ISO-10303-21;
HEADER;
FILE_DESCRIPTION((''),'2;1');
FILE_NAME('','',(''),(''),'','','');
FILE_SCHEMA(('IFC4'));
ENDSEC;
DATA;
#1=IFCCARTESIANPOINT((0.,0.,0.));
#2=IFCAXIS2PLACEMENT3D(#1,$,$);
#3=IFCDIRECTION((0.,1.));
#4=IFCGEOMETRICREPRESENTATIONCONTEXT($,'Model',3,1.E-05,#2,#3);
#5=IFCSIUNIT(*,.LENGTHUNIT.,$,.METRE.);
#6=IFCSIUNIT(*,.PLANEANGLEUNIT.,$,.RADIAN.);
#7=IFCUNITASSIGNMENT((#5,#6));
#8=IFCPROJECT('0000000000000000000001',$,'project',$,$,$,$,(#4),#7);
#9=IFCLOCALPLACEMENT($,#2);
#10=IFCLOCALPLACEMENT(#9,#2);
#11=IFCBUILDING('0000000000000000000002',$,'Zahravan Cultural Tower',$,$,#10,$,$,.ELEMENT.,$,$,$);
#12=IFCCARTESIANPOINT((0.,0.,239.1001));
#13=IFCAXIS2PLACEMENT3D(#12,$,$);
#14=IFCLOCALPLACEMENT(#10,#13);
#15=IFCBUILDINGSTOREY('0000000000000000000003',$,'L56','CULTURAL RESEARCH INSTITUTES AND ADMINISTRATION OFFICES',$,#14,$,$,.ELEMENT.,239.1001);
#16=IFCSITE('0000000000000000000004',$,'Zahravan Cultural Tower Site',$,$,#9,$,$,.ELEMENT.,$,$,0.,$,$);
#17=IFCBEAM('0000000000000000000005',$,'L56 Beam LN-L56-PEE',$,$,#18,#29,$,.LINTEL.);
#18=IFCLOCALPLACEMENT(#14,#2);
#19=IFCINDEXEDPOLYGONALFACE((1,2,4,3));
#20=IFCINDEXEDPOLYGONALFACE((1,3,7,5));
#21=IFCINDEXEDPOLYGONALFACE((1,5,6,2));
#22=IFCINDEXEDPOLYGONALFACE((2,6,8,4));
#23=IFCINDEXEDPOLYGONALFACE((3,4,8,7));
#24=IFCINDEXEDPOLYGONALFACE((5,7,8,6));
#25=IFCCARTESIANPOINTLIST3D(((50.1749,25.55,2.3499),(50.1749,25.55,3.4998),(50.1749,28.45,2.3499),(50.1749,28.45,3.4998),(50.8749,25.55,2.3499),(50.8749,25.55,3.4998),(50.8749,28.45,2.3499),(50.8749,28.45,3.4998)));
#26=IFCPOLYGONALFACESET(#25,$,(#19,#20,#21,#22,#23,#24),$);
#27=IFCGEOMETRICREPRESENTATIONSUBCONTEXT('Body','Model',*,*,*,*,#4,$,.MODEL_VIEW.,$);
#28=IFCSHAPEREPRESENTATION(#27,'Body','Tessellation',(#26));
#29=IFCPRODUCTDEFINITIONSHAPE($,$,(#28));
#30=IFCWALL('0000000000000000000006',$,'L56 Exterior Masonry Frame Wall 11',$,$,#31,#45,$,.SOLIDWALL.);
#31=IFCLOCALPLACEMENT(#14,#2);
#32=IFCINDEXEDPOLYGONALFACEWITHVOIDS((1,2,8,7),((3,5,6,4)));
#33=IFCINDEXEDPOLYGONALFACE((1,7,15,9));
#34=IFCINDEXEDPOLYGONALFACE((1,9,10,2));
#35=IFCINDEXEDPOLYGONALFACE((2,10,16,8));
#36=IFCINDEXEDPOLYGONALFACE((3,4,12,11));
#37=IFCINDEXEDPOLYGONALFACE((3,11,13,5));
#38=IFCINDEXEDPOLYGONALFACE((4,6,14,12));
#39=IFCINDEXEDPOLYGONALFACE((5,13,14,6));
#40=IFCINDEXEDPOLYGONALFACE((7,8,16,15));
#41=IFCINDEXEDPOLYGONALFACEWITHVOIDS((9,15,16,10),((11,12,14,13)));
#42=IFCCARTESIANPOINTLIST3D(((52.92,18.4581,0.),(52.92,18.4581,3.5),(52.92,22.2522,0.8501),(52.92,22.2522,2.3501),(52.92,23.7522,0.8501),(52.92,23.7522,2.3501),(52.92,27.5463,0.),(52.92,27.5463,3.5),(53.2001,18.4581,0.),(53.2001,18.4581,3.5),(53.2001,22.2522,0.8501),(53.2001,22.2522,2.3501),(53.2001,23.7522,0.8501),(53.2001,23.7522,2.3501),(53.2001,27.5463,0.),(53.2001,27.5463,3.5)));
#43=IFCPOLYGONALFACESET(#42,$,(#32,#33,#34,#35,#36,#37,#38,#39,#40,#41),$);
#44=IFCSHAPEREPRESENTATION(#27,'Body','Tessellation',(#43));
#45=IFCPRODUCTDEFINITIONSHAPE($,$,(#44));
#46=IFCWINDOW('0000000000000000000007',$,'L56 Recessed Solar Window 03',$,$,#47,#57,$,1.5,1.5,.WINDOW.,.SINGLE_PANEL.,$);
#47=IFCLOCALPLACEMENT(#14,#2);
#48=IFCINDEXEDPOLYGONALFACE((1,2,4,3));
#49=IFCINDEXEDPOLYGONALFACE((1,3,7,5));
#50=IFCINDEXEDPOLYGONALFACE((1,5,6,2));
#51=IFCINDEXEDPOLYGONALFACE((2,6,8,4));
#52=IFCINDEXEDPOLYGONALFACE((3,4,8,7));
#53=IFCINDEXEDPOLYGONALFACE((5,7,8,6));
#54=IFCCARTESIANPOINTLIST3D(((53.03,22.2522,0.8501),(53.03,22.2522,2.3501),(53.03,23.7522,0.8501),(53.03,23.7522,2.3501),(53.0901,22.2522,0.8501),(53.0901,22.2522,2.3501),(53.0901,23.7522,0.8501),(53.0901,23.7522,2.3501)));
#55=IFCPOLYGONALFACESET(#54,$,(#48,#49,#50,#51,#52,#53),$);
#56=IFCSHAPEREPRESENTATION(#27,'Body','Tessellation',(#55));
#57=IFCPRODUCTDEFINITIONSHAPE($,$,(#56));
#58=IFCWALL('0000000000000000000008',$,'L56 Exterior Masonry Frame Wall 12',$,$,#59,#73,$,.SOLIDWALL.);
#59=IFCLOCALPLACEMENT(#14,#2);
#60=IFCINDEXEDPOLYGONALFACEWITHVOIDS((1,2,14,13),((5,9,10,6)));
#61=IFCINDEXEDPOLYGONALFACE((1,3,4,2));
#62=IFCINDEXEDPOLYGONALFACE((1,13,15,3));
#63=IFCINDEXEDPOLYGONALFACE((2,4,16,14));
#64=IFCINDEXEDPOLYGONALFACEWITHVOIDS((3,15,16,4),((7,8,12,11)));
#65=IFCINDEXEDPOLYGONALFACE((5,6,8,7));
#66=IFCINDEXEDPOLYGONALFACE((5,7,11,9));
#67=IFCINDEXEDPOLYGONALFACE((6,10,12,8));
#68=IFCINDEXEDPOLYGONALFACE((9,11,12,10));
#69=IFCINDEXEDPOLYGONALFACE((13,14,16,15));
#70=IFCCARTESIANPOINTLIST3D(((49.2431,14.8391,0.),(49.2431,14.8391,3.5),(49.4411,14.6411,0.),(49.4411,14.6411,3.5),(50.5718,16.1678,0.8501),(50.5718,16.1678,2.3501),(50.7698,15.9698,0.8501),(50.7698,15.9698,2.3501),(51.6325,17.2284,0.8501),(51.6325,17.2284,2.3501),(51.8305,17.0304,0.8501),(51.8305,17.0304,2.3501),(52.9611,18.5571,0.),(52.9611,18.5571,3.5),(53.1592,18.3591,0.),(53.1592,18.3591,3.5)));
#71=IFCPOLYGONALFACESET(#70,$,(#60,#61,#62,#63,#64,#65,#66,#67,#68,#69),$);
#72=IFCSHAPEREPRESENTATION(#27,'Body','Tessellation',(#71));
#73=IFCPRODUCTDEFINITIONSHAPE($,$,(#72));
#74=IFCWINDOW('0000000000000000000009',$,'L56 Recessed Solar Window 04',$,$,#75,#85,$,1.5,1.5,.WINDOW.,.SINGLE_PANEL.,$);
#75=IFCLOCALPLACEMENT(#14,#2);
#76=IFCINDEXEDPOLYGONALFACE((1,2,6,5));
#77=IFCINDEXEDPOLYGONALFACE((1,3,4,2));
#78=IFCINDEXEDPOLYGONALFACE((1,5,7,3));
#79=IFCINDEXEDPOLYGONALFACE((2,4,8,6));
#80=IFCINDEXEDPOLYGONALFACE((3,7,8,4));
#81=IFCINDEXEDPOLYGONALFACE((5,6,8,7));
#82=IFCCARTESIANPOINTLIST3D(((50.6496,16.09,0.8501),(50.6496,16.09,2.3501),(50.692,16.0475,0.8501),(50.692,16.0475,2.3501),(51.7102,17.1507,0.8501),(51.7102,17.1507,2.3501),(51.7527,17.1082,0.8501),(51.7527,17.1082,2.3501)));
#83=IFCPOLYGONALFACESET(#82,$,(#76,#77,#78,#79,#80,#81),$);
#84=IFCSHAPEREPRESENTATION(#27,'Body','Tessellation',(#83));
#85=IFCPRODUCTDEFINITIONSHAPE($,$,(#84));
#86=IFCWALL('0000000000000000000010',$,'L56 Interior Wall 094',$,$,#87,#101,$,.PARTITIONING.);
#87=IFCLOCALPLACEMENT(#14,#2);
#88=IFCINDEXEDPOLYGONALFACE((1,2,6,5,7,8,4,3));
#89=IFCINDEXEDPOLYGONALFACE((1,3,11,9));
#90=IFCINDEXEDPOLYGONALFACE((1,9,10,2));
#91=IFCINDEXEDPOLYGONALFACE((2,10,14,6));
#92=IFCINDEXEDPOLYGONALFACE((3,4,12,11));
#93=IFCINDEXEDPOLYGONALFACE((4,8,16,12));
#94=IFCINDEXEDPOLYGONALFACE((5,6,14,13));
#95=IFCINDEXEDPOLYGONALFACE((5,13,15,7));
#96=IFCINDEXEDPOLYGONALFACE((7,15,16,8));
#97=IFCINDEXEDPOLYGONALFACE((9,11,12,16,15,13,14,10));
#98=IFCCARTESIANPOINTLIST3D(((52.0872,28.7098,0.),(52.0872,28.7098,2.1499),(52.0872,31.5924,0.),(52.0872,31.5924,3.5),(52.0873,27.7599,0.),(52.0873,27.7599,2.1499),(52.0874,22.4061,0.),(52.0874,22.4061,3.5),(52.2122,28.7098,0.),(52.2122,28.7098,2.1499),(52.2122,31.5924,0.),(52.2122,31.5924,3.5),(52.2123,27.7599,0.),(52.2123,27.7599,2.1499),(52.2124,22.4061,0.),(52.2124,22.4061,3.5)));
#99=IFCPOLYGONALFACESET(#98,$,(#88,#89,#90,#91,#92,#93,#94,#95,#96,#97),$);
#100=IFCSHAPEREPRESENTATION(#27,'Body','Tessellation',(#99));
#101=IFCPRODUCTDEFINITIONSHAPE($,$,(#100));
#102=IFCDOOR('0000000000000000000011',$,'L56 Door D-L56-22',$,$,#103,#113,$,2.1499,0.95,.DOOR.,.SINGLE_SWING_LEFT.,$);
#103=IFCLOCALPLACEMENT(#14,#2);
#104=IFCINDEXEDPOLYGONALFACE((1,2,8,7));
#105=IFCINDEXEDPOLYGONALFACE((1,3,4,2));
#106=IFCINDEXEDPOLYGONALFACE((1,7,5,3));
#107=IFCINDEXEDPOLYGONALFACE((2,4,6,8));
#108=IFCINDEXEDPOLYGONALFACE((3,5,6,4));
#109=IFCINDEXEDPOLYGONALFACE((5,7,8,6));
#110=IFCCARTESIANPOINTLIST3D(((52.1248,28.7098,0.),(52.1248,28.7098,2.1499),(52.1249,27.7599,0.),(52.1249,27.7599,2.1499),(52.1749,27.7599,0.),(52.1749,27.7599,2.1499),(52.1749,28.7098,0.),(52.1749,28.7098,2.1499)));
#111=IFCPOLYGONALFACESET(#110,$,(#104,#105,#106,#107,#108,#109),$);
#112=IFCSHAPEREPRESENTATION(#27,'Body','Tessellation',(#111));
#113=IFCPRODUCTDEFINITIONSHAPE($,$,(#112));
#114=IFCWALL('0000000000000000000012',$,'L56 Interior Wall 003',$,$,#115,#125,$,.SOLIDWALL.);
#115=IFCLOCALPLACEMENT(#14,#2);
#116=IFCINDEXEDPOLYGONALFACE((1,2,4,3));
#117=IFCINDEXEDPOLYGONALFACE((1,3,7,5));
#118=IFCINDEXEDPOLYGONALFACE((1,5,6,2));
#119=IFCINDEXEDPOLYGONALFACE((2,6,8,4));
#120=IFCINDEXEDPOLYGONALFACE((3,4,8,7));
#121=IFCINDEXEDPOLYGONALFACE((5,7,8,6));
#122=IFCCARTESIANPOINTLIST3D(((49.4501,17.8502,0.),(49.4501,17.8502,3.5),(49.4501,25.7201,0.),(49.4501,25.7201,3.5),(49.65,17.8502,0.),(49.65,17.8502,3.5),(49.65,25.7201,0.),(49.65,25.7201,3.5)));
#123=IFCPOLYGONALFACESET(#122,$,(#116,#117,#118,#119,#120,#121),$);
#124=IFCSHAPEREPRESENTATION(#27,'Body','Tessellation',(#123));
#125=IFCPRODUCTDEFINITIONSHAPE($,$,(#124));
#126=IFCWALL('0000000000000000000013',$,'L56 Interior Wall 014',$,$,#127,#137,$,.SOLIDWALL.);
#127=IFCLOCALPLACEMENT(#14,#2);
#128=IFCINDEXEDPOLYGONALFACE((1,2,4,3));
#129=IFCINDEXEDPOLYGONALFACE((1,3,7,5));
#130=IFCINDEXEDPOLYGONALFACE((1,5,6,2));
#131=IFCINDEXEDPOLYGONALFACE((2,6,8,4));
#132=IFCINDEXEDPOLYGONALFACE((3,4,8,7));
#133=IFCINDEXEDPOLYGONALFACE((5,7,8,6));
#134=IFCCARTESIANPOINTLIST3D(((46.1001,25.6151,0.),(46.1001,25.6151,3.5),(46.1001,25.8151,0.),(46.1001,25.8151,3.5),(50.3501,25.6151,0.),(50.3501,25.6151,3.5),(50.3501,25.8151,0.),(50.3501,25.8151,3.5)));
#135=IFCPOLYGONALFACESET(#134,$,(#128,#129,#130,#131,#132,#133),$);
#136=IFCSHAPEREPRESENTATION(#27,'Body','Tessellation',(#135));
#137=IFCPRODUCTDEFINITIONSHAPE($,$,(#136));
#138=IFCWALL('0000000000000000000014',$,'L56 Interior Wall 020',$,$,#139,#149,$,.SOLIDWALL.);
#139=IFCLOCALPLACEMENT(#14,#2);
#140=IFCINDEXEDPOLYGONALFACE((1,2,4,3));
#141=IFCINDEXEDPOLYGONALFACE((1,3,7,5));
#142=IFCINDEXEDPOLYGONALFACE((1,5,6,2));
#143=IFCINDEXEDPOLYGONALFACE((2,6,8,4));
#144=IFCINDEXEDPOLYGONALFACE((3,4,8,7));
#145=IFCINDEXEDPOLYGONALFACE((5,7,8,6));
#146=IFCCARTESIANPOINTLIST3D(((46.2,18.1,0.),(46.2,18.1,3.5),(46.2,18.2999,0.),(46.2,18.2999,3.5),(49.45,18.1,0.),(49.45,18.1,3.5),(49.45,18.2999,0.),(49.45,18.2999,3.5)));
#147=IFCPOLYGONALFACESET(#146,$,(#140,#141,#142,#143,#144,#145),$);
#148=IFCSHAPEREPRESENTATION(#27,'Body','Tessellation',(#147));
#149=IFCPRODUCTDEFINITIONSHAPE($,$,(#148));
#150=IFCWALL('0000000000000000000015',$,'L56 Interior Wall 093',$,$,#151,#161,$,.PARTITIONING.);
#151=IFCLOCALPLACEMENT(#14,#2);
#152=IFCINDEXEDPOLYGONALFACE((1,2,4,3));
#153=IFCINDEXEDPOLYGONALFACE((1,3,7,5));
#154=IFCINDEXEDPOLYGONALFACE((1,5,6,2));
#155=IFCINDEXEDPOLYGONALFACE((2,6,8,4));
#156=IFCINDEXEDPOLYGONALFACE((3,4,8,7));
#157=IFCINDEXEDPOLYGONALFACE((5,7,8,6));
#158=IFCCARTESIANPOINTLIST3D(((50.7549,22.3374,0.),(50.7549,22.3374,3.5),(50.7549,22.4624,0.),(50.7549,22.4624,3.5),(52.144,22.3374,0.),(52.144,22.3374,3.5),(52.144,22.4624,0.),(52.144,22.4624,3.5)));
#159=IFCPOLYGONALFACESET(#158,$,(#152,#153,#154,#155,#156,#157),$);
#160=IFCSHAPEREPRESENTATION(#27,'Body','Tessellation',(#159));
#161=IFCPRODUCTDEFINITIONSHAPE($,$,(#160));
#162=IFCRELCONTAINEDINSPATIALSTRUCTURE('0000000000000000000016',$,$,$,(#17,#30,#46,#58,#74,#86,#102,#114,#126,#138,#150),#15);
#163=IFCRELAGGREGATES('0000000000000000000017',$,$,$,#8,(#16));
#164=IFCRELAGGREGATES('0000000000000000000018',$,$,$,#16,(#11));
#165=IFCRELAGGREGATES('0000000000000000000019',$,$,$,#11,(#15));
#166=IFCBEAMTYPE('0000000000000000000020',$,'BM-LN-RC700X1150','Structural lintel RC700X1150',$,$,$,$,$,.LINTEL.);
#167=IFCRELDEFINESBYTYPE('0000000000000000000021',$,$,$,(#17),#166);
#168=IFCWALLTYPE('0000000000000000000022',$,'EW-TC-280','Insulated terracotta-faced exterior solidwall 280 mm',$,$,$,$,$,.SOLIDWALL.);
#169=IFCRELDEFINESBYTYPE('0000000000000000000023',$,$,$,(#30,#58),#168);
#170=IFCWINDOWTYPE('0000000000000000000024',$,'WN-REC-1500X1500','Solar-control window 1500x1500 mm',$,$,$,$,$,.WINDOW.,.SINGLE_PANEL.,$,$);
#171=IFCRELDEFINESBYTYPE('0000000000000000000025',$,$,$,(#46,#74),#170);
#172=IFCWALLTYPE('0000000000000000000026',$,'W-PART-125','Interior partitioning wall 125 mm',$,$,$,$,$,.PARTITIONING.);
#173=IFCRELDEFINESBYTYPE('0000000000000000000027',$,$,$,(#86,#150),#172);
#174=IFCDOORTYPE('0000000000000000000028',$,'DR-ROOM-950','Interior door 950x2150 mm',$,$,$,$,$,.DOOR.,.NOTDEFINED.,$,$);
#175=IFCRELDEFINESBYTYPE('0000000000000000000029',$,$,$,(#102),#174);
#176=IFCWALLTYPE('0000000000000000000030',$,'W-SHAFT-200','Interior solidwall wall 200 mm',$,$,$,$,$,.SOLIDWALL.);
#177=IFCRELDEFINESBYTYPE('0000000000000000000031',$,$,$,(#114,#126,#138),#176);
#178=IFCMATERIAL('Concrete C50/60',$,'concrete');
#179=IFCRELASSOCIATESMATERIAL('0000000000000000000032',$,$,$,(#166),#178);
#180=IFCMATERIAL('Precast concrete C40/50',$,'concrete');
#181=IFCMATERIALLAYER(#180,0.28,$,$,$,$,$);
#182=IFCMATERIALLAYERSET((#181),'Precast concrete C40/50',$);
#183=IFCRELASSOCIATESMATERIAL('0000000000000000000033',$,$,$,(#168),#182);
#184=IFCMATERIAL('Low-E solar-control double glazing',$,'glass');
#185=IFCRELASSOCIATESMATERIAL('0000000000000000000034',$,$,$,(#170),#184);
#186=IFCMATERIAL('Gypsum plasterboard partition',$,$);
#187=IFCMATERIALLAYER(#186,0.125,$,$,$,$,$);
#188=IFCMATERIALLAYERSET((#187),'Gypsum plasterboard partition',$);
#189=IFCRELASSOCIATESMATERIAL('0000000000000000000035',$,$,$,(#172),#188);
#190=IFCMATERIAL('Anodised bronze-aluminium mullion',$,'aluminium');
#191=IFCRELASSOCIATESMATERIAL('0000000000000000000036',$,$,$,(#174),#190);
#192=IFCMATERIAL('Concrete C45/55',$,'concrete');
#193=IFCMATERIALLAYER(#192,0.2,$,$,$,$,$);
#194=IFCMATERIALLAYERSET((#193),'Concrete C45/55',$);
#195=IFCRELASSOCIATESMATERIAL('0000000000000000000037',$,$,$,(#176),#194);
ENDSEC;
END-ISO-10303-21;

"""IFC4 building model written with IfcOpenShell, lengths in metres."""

from ifc_helpers import new_model, si_unit, direction, frame, frame_2d, origin, origin_2d, place, context, subcontext, project, spatial, rectangle, extrude, source, transform, mapped, material, layer, layer_set, material_profile, profile_set, type_object, element, fill, save


model = new_model("IFC4")

# Units and contexts
model_context = context("Model", 3, precision=1e-05, world=origin(), true_north=direction((0.0, 1.0)))
body_context = subcontext(model_context, "Body", "Model", "MODEL_VIEW")
ifc_project = project(units=[si_unit("LENGTHUNIT", "METRE"), si_unit("PLANEANGLEUNIT", "RADIAN")], contexts=[model_context])

# Site, building, storey
site_placement = place(None, origin())
site = spatial("IfcSite", under=ifc_project, at=site_placement, Name="Zahravan Cultural Tower Site", CompositionType="ELEMENT", RefElevation=0.0)
building_placement = place(site_placement, origin())
building = spatial("IfcBuilding", under=site, at=building_placement, Name="Zahravan Cultural Tower", CompositionType="ELEMENT")
storey_placement = place(building_placement, frame((0.0, 0.0, 239.1001)))
storey = spatial("IfcBuildingStorey", under=building, at=storey_placement, Name="L56", Description="CULTURAL RESEARCH INSTITUTES AND ADMINISTRATION OFFICES", CompositionType="ELEMENT", Elevation=239.1001)

# Beam
ifc_material_1 = material(Name="Concrete C50/60", Category="concrete")
ifc_material_profile = material_profile(ifc_material_1, rectangle(XDim=0.7, YDim=1.1499, at=origin_2d()), Name="RC700X1150")
ifc_profile_set = profile_set([ifc_material_profile], Name="Concrete C50/60")
beam_type = type_object("IfcBeamType", Name="BM-LN-RC700X1150", Description="Structural lintel RC700X1150", PredefinedType="LINTEL", material=ifc_profile_set)
shared_shape_1 = source(origin(), body_context, "Body", "SweptSolid", [
    extrude(rectangle(XDim=0.7, YDim=1.1499, at=origin_2d()), origin(), (0.0, 0.0, 1.0), 2.8999),
])
beam_placement = place(storey_placement, frame((50.5249, 25.55, 2.9248), z_axis=(0.0, 1.0, 0.0), x_axis=(-1.0, 0.0, 0.0)))
element("IfcBeam", 1, at=beam_placement, inside=storey, type_object=beam_type, Name="L56 Beam LN-L56-PEE", PredefinedType="LINTEL", context=body_context, shape_type="MappedRepresentation", body=[
    mapped(shared_shape_1, transform((0.0, 0.0, 0.0), x_axis=(1.0, 0.0, 0.0), y_axis=(0.0, 1.0, 0.0), z_axis=(0.0, 0.0, 1.0), scale=1.0)),
])

# Walls, openings, windows
ifc_material_2 = material(Name="Precast concrete C40/50", Category="concrete")
ifc_layer_1 = layer(ifc_material_2, 0.28)
ifc_layer_set_1 = layer_set([ifc_layer_1], Name="Precast concrete C40/50")
wall_type_1 = type_object("IfcWallType", Name="EW-TC-280", Description="Insulated terracotta-faced exterior solidwall 280 mm", PredefinedType="SOLIDWALL", material=ifc_layer_set_1)
wall_1_placement = place(storey_placement, frame((53.0601, 27.5461, 0.0), z_axis=(0.0, 0.0, 1.0), x_axis=(0.0, -1.0, 0.0)))
wall_1 = element("IfcWall", 2, at=wall_1_placement, inside=storey, type_object=wall_type_1, Name="L56 Exterior Masonry Frame Wall 11", PredefinedType="SOLIDWALL", context=body_context, shape_type="SweptSolid", body=[
    extrude(rectangle(XDim=9.0881, YDim=0.28, at=frame_2d((4.5439, 0.0))), origin(), (0.0, 0.0, 1.0), 3.5),
])
opening_1_placement = place(wall_1_placement, frame((3.7939, 0.0, 0.8501)))
opening_1 = element("IfcOpeningElement", 3, at=opening_1_placement, cuts=wall_1, PredefinedType="OPENING", context=body_context, shape_type="SweptSolid", body=[
    extrude(rectangle(XDim=1.5, YDim=1.5, at=frame_2d((0.75, 0.75))), frame((0.0, 0.1499, 0.0), z_axis=(0.0, -1.0, 0.0), x_axis=(1.0, 0.0, 0.0)), (0.0, 0.0, 1.0), 0.3),
])
ifc_material_3 = material(Name="Low-E solar-control double glazing", Category="glass")
window_type = type_object("IfcWindowType", Name="WN-REC-1500X1500", Description="Solar-control window 1500x1500 mm", PartitioningType="SINGLE_PANEL", PredefinedType="WINDOW", material=ifc_material_3)
shared_shape_2 = source(origin(), body_context, "Body", "SweptSolid", [
    extrude(rectangle(XDim=1.5, YDim=1.5, at=frame_2d((0.75, 0.75))), frame((0.0, 0.03, 0.0), z_axis=(0.0, -1.0, 0.0), x_axis=(1.0, 0.0, 0.0)), (0.0, 0.0, 1.0), 0.0601),
])
window_1_placement = place(opening_1_placement, origin())
window_1 = element("IfcWindow", 4, at=window_1_placement, inside=storey, type_object=window_type, Name="L56 Recessed Solar Window 03", OverallHeight=1.5, OverallWidth=1.5, PartitioningType="SINGLE_PANEL", PredefinedType="WINDOW", context=body_context, shape_type="MappedRepresentation", body=[
    mapped(shared_shape_2, transform((0.0, 0.0, 0.0), x_axis=(1.0, 0.0, 0.0), y_axis=(0.0, 1.0, 0.0), z_axis=(0.0, 0.0, 1.0), scale=1.0)),
])
fill(opening_1, window_1)
wall_2_placement = place(storey_placement, frame((53.0601, 18.458, 0.0), z_axis=(0.0, 0.0, 1.0), x_axis=(-0.707107, -0.707107, 0.0)))
wall_2 = element("IfcWall", 5, at=wall_2_placement, inside=storey, type_object=wall_type_1, Name="L56 Exterior Masonry Frame Wall 12", PredefinedType="SOLIDWALL", context=body_context, shape_type="SweptSolid", body=[
    extrude(rectangle(XDim=5.2581, YDim=0.28, at=frame_2d((2.6289, 0.0))), origin(), (0.0, 0.0, 1.0), 3.5),
])
opening_2_placement = place(wall_2_placement, frame((1.8789, 0.0, 0.8501)))
opening_2 = element("IfcOpeningElement", 6, at=opening_2_placement, cuts=wall_2, PredefinedType="OPENING", context=body_context, shape_type="SweptSolid", body=[
    extrude(rectangle(XDim=1.5, YDim=1.5, at=frame_2d((0.75, 0.75))), frame((0.0, 0.1499, 0.0), z_axis=(0.0, -1.0, 0.0), x_axis=(1.0, 0.0, 0.0)), (0.0, 0.0, 1.0), 0.3),
])
window_2_placement = place(opening_2_placement, origin())
window_2 = element("IfcWindow", 7, at=window_2_placement, inside=storey, type_object=window_type, Name="L56 Recessed Solar Window 04", OverallHeight=1.5, OverallWidth=1.5, PartitioningType="SINGLE_PANEL", PredefinedType="WINDOW", context=body_context, shape_type="MappedRepresentation", body=[
    mapped(shared_shape_2, transform((0.0, 0.0, 0.0), x_axis=(1.0, 0.0, 0.0), y_axis=(0.0, 1.0, 0.0), z_axis=(0.0, 0.0, 1.0), scale=1.0)),
])
fill(opening_2, window_2)

# Wall, opening, door
ifc_material_4 = material(Name="Gypsum plasterboard partition")
ifc_layer_2 = layer(ifc_material_4, 0.125)
ifc_layer_set_2 = layer_set([ifc_layer_2], Name="Gypsum plasterboard partition")
wall_type_2 = type_object("IfcWallType", Name="W-PART-125", Description="Interior partitioning wall 125 mm", PredefinedType="PARTITIONING", material=ifc_layer_set_2)
wall_3_placement = place(storey_placement, frame((52.1499, 22.406, 0.0), z_axis=(0.0, 0.0, 1.0), x_axis=(-0.000027, 1.0, 0.0)))
wall_3 = element("IfcWall", 8, at=wall_3_placement, inside=storey, type_object=wall_type_2, Name="L56 Interior Wall 094", PredefinedType="PARTITIONING", context=body_context, shape_type="SweptSolid", body=[
    extrude(rectangle(XDim=9.1863, YDim=0.125, at=frame_2d((4.5933, 0.0))), origin(), (0.0, 0.0, 1.0), 3.5),
])
opening_3_placement = place(wall_3_placement, frame((5.3538, 0.0, 0.0)))
opening_3 = element("IfcOpeningElement", 9, at=opening_3_placement, cuts=wall_3, PredefinedType="OPENING", context=body_context, shape_type="SweptSolid", body=[
    extrude(rectangle(XDim=0.95, YDim=2.1499, at=frame_2d((0.4751, 1.075))), frame((0.0, 0.0725, 0.0), z_axis=(0.0, -1.0, 0.0), x_axis=(1.0, 0.0, 0.0)), (0.0, 0.0, 1.0), 0.145),
])
ifc_material_5 = material(Name="Anodised bronze-aluminium mullion", Category="aluminium")
door_type = type_object("IfcDoorType", Name="DR-ROOM-950", Description="Interior door 950x2150 mm", OperationType="NOTDEFINED", PredefinedType="DOOR", material=ifc_material_5)
shared_shape_3 = source(origin(), body_context, "Body", "SweptSolid", [
    extrude(rectangle(XDim=0.95, YDim=2.1499, at=frame_2d((0.4751, 1.075))), frame((0.0, 0.0249, 0.0), z_axis=(0.0, -1.0, 0.0), x_axis=(1.0, 0.0, 0.0)), (0.0, 0.0, 1.0), 0.05),
])
door_1_placement = place(opening_3_placement, origin())
door_1 = element("IfcDoor", 10, at=door_1_placement, inside=storey, type_object=door_type, Name="L56 Door D-L56-22", OperationType="SINGLE_SWING_LEFT", OverallHeight=2.1499, OverallWidth=0.95, PredefinedType="DOOR", context=body_context, shape_type="MappedRepresentation", body=[
    mapped(shared_shape_3, transform((0.0, 0.0, 0.0), x_axis=(1.0, 0.0, 0.0), y_axis=(0.0, 1.0, 0.0), z_axis=(0.0, 0.0, 1.0), scale=1.0)),
])
fill(opening_3, door_1)

# Walls
ifc_material_6 = material(Name="Concrete C45/55", Category="concrete")
ifc_layer_3 = layer(ifc_material_6, 0.2)
ifc_layer_set_3 = layer_set([ifc_layer_3], Name="Concrete C45/55")
wall_type_3 = type_object("IfcWallType", Name="W-SHAFT-200", Description="Interior solidwall wall 200 mm", PredefinedType="SOLIDWALL", material=ifc_layer_set_3)
shared_shape_4 = source(origin(), body_context, "Body", "SweptSolid", [
    extrude(rectangle(XDim=7.8699, YDim=0.2, at=frame_2d((3.9351, 0.0))), origin(), (0.0, 0.0, 1.0), 3.5),
])
wall_4_placement = place(storey_placement, frame((49.55, 17.8501, 0.0), z_axis=(0.0, 0.0, 1.0), x_axis=(0.0, 1.0, 0.0)))
element("IfcWall", 11, at=wall_4_placement, inside=storey, type_object=wall_type_3, Name="L56 Interior Wall 003", PredefinedType="SOLIDWALL", context=body_context, shape_type="MappedRepresentation", body=[
    mapped(shared_shape_4, transform((0.0, 0.0, 0.0), x_axis=(1.0, 0.0, 0.0), y_axis=(0.0, 1.0, 0.0), z_axis=(0.0, 0.0, 1.0), scale=1.0)),
])
shared_shape_5 = source(origin(), body_context, "Body", "SweptSolid", [
    extrude(rectangle(XDim=4.25, YDim=0.2, at=frame_2d((2.125, 0.0))), origin(), (0.0, 0.0, 1.0), 3.5),
])
wall_5_placement = place(storey_placement, frame((46.1001, 25.7151, 0.0), z_axis=(0.0, 0.0, 1.0), x_axis=(1.0, 0.0, 0.0)))
element("IfcWall", 12, at=wall_5_placement, inside=storey, type_object=wall_type_3, Name="L56 Interior Wall 014", PredefinedType="SOLIDWALL", context=body_context, shape_type="MappedRepresentation", body=[
    mapped(shared_shape_5, transform((0.0, 0.0, 0.0), x_axis=(1.0, 0.0, 0.0), y_axis=(0.0, 1.0, 0.0), z_axis=(0.0, 0.0, 1.0), scale=1.0)),
])
shared_shape_6 = source(origin(), body_context, "Body", "SweptSolid", [
    extrude(rectangle(XDim=3.25, YDim=0.2, at=frame_2d((1.625, 0.0))), origin(), (0.0, 0.0, 1.0), 3.5),
])
wall_6_placement = place(storey_placement, frame((46.2, 18.2, 0.0), z_axis=(0.0, 0.0, 1.0), x_axis=(1.0, 0.0, 0.0)))
element("IfcWall", 13, at=wall_6_placement, inside=storey, type_object=wall_type_3, Name="L56 Interior Wall 020", PredefinedType="SOLIDWALL", context=body_context, shape_type="MappedRepresentation", body=[
    mapped(shared_shape_6, transform((0.0, 0.0, 0.0), x_axis=(1.0, 0.0, 0.0), y_axis=(0.0, 1.0, 0.0), z_axis=(0.0, 0.0, 1.0), scale=1.0)),
])
shared_shape_7 = source(origin(), body_context, "Body", "SweptSolid", [
    extrude(rectangle(XDim=1.3892, YDim=0.125, at=frame_2d((0.6946, 0.0))), origin(), (0.0, 0.0, 1.0), 3.5),
])
wall_7_placement = place(storey_placement, frame((50.7549, 22.3999, 0.0), z_axis=(0.0, 0.0, 1.0), x_axis=(1.0, 0.0, 0.0)))
element("IfcWall", 14, at=wall_7_placement, inside=storey, type_object=wall_type_2, Name="L56 Interior Wall 093", PredefinedType="PARTITIONING", context=body_context, shape_type="MappedRepresentation", body=[
    mapped(shared_shape_7, transform((0.0, 0.0, 0.0), x_axis=(1.0, 0.0, 0.0), y_axis=(0.0, 1.0, 0.0), z_axis=(0.0, 0.0, 1.0), scale=1.0)),
])

save(model, "model.ifc")
